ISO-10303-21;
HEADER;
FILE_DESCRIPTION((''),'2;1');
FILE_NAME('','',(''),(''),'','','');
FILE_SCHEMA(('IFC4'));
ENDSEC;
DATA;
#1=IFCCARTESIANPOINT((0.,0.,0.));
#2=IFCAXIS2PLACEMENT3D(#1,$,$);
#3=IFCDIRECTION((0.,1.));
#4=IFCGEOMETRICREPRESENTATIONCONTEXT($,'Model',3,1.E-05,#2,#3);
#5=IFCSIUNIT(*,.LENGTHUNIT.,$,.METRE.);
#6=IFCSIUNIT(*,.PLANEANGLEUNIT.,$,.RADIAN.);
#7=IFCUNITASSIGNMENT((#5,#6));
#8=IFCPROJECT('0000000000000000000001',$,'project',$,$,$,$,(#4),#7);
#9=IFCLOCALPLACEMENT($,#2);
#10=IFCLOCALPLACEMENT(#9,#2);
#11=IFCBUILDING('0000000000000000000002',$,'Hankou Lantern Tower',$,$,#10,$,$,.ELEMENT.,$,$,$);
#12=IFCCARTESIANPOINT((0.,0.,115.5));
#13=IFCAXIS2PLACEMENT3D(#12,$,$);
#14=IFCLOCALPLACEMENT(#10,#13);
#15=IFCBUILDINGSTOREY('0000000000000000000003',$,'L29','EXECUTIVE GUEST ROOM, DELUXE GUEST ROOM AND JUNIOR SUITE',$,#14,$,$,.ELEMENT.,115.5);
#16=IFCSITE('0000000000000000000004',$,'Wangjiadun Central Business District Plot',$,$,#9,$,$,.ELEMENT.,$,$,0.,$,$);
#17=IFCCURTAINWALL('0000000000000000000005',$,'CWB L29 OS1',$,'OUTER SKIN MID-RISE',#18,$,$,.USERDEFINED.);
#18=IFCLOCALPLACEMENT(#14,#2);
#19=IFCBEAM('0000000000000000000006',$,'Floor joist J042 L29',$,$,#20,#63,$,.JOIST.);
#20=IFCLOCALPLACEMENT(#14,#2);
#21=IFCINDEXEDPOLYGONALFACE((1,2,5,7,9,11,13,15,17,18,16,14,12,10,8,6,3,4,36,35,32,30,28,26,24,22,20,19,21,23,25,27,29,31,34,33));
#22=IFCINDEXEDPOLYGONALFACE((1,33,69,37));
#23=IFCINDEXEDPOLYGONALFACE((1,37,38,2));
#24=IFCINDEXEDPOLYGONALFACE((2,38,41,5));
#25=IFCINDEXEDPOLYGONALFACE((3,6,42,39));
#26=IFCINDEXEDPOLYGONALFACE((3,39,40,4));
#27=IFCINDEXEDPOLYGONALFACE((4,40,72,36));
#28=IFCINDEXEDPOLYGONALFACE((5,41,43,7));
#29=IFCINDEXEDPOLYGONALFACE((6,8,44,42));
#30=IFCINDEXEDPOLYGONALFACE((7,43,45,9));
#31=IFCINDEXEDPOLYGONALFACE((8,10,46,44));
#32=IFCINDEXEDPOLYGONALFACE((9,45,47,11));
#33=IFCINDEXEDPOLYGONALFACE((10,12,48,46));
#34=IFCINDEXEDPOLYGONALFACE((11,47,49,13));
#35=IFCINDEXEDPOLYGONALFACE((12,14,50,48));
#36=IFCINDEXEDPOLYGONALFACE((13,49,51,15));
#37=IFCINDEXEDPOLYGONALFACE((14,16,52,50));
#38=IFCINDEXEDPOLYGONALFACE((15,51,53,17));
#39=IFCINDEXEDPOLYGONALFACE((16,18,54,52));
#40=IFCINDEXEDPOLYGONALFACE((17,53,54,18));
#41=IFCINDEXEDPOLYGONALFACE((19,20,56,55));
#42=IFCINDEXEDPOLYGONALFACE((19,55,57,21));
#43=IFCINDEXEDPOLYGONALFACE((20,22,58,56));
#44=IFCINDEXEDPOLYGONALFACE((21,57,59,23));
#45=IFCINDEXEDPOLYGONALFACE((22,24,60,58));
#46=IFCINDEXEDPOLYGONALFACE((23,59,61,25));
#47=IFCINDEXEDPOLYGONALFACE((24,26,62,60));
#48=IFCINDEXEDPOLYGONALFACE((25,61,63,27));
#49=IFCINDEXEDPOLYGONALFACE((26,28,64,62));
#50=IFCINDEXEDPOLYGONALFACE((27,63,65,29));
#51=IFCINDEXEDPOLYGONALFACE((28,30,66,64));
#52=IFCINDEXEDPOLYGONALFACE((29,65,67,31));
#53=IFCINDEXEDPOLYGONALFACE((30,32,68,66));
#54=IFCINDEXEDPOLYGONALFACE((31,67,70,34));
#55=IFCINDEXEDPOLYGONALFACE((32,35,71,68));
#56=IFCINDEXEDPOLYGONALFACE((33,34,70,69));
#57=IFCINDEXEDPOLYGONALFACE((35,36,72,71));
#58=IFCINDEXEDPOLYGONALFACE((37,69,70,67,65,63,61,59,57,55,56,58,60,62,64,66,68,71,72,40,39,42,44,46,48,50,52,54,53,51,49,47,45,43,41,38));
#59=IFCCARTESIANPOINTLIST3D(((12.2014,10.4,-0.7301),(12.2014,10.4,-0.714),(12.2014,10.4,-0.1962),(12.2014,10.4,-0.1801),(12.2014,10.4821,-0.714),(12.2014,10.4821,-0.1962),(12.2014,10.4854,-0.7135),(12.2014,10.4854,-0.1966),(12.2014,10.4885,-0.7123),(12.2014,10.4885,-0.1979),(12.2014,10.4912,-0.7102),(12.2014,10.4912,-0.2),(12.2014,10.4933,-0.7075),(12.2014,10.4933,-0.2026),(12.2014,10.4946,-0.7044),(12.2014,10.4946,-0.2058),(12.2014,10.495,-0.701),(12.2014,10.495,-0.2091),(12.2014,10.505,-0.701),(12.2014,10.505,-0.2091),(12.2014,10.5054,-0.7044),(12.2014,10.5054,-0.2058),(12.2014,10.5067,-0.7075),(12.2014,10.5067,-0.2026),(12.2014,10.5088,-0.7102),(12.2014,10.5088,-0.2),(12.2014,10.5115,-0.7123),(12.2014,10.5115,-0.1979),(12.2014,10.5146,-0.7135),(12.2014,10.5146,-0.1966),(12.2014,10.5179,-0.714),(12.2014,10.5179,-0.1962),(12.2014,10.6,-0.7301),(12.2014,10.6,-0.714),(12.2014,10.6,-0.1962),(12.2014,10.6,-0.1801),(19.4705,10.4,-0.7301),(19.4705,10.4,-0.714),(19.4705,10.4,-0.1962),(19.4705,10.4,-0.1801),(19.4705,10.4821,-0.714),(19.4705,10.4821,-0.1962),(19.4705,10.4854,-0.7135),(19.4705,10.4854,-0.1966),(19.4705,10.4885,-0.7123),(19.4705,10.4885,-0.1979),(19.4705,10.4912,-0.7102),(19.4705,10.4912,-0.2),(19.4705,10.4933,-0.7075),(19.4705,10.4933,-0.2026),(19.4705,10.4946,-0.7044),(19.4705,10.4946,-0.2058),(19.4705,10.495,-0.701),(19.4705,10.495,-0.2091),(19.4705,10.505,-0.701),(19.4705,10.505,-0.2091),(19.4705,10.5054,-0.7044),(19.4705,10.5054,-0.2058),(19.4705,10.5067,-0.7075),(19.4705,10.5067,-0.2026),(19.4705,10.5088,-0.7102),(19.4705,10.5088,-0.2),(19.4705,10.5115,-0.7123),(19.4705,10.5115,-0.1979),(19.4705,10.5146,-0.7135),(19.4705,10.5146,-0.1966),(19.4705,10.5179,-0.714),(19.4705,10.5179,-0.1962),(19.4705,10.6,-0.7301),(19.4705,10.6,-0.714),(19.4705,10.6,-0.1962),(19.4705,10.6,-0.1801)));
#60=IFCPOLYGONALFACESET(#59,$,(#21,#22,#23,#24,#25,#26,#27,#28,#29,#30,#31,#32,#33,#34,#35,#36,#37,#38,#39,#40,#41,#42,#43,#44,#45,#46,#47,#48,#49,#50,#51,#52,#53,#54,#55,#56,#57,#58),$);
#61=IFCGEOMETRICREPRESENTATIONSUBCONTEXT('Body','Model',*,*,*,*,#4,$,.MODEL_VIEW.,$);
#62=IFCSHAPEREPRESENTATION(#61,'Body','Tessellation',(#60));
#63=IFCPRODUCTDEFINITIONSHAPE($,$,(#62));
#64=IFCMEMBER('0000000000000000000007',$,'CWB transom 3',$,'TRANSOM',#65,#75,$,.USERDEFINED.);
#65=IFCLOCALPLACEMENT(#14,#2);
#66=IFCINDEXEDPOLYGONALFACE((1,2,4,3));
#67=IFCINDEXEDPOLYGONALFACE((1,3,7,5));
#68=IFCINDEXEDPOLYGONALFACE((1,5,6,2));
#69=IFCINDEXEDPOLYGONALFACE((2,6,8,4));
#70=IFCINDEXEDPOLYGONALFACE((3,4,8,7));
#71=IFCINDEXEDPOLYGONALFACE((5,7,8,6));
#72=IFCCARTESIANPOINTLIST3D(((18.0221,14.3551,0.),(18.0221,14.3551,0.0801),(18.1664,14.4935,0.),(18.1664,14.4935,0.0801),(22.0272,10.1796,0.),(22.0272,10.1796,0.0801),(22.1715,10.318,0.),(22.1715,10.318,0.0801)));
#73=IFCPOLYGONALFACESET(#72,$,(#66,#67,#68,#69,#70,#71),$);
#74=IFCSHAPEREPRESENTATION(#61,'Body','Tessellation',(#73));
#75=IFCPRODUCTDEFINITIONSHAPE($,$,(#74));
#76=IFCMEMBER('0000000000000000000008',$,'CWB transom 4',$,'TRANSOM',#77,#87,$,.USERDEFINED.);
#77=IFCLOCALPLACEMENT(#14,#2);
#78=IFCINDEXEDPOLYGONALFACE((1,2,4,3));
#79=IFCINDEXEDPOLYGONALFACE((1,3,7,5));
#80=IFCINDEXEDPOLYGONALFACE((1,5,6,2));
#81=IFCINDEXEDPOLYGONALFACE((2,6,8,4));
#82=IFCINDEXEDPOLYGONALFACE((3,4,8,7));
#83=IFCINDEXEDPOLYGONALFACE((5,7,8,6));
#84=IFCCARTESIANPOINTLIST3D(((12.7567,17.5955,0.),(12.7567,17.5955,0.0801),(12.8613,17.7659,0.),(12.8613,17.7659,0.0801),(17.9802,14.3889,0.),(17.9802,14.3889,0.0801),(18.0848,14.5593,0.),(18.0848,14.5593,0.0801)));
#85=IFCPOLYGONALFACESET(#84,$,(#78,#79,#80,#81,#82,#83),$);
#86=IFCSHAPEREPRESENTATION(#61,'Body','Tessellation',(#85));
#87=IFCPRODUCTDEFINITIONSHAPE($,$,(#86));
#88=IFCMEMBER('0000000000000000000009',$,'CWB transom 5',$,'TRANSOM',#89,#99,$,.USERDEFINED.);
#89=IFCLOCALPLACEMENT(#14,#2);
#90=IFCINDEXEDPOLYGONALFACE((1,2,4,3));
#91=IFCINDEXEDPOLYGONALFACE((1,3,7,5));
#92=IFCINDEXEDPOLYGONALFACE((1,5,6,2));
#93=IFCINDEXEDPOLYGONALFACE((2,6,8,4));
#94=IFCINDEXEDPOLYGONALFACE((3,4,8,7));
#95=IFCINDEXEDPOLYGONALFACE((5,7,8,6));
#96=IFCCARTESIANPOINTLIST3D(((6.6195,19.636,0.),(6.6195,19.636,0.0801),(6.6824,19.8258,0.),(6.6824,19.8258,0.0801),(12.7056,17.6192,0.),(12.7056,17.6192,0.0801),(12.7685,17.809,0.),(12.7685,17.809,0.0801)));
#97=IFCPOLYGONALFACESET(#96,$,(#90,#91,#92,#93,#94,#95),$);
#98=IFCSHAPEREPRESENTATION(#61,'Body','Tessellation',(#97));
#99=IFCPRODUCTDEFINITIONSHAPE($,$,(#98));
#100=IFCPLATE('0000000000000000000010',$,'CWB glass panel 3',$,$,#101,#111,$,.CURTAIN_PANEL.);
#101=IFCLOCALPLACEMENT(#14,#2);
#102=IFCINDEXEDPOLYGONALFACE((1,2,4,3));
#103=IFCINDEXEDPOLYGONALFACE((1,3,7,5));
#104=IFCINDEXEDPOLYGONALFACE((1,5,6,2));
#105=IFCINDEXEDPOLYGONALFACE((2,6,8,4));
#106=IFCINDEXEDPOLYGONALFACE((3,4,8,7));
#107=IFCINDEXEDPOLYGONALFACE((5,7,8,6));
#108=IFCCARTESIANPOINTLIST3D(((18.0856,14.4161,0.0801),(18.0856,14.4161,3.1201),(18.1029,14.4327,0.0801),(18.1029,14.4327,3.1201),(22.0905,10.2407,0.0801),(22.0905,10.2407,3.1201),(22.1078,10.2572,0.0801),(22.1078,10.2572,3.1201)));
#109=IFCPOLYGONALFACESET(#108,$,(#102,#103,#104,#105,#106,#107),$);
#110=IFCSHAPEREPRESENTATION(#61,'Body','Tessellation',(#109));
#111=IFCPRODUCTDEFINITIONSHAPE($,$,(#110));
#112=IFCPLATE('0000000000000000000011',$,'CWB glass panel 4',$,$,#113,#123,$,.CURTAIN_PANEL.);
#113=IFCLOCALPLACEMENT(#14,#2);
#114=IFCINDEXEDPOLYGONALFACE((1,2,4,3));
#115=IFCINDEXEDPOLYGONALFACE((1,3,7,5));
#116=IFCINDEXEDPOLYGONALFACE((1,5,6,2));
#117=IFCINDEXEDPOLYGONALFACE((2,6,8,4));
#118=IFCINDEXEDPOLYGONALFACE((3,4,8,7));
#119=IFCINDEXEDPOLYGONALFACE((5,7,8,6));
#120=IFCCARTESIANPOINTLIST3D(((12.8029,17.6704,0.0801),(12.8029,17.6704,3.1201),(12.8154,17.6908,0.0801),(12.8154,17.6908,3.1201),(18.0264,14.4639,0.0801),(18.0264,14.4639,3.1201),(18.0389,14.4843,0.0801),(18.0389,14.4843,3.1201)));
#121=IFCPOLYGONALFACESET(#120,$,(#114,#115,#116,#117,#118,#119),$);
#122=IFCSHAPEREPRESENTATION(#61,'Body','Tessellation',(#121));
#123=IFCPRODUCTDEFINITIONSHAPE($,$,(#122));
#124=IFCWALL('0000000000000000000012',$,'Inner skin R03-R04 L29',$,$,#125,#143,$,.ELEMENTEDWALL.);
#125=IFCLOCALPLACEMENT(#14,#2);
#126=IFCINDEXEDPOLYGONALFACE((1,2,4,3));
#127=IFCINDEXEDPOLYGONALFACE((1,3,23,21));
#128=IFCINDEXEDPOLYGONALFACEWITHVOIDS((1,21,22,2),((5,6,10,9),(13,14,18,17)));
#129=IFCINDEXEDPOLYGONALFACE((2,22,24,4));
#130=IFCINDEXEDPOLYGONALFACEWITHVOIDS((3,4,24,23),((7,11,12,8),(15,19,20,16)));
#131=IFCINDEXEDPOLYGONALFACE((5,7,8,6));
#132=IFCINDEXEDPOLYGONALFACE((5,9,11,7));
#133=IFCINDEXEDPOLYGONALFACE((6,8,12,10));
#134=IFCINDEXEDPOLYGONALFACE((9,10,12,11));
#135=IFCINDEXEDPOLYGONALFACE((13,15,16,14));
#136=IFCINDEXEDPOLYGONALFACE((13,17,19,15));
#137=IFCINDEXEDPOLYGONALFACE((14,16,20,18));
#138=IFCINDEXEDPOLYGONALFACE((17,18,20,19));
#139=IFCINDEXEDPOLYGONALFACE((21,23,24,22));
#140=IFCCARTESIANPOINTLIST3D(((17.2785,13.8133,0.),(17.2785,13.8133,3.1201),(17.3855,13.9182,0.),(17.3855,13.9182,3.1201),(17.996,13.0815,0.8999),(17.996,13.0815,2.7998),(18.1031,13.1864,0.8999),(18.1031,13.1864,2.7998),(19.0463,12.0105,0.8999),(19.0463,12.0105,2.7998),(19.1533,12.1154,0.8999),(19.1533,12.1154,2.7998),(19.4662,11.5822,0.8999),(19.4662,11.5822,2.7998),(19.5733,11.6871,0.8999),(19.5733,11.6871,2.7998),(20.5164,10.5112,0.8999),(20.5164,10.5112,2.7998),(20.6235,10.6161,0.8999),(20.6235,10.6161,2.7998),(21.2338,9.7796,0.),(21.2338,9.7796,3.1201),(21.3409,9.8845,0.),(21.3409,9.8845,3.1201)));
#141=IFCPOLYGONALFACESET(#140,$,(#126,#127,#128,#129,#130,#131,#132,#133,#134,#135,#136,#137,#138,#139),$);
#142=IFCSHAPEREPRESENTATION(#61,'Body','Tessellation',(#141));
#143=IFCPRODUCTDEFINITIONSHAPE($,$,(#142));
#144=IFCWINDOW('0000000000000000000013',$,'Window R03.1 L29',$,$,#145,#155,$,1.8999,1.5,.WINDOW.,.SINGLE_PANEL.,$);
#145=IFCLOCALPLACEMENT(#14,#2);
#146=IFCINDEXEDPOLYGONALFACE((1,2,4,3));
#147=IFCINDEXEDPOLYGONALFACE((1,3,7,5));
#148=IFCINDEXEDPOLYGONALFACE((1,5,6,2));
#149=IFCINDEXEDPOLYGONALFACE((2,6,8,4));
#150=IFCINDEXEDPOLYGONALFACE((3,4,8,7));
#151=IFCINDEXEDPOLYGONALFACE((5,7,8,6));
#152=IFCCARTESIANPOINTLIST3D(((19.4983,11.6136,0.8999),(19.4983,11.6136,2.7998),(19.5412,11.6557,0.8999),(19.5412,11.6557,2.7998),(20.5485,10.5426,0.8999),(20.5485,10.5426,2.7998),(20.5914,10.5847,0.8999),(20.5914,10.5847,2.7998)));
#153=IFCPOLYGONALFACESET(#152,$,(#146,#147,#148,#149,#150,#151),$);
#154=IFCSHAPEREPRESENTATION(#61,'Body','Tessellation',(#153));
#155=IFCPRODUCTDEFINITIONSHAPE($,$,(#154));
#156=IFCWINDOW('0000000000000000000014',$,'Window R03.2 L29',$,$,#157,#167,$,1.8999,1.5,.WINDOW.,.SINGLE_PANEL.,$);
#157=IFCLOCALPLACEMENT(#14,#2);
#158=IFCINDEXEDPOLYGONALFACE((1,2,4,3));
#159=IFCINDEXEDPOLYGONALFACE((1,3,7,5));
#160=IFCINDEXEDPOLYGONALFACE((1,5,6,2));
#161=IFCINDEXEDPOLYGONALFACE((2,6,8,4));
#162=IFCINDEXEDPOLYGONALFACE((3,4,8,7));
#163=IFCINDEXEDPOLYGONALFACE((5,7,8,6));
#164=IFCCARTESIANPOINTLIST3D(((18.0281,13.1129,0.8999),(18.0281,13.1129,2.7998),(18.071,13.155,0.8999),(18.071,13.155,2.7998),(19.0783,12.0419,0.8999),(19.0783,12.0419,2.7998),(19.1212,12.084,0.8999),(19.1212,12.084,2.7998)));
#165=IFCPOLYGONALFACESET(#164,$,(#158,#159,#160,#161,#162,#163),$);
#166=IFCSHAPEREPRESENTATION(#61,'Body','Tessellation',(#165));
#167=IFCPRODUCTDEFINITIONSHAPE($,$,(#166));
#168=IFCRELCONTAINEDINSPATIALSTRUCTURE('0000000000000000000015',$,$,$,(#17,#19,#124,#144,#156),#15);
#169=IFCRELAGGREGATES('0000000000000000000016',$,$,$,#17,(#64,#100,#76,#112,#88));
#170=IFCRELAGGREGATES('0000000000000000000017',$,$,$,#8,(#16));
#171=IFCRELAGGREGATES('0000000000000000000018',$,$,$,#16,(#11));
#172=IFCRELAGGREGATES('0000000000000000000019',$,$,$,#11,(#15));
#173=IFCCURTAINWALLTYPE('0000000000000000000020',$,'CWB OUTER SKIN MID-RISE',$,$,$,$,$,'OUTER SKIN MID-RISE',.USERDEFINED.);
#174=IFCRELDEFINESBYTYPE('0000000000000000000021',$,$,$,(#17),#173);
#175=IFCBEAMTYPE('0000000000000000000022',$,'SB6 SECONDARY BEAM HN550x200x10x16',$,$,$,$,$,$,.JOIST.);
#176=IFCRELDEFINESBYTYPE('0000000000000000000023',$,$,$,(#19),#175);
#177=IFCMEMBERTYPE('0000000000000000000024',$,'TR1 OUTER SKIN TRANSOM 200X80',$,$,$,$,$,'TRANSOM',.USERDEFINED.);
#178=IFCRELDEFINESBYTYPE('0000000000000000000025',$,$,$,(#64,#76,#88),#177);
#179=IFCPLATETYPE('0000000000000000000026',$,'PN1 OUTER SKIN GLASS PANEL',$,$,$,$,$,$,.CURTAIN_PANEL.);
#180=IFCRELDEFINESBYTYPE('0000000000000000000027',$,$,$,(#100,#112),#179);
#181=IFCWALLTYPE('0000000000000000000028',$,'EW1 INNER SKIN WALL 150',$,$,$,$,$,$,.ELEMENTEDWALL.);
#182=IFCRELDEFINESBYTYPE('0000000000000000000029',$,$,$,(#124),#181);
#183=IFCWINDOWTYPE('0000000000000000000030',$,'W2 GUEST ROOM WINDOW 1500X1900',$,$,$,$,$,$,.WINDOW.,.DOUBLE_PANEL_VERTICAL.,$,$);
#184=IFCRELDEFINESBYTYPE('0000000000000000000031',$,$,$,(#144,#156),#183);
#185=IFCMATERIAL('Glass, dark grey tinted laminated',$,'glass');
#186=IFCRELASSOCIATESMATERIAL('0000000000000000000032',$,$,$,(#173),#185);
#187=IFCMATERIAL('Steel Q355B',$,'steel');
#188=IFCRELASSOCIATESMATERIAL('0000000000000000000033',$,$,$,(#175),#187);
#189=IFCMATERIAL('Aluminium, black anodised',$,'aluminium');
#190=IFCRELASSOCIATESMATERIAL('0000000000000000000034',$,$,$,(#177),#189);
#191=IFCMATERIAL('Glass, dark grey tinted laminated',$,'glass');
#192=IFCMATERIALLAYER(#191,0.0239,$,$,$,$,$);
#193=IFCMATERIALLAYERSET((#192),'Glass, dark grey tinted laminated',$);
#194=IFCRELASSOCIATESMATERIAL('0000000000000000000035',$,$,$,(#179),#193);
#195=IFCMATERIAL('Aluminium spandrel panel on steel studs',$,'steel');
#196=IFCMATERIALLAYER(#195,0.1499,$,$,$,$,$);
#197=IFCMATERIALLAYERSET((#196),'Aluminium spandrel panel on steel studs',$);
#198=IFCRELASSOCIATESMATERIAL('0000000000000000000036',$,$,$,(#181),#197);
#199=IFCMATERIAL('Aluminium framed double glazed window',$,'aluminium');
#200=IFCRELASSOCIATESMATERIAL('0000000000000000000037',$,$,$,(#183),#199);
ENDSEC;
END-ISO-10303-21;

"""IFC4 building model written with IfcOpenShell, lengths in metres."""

from ifc_helpers import new_model, si_unit, direction, frame, frame_2d, origin, origin_2d, place, context, subcontext, project, spatial, rectangle, i_section, extrude, material, layer, layer_set, material_profile, profile_set, type_object, element, fill, aggregate, save


model = new_model("IFC4")

# Units and contexts
model_context = context("Model", 3, precision=1e-05, world=origin(), true_north=direction((0.0, 1.0)))
body_context = subcontext(model_context, "Body", "Model", "MODEL_VIEW")
ifc_project = project(units=[si_unit("LENGTHUNIT", "METRE"), si_unit("PLANEANGLEUNIT", "RADIAN")], contexts=[model_context])

# Site, building, storey
site_placement = place(None, origin())
site = spatial("IfcSite", under=ifc_project, at=site_placement, Name="Wangjiadun Central Business District Plot", CompositionType="ELEMENT", RefElevation=0.0)
building_placement = place(site_placement, origin())
building = spatial("IfcBuilding", under=site, at=building_placement, Name="Hankou Lantern Tower", CompositionType="ELEMENT")
storey_placement = place(building_placement, frame((0.0, 0.0, 115.5)))
storey = spatial("IfcBuildingStorey", under=building, at=storey_placement, Name="L29", Description="EXECUTIVE GUEST ROOM, DELUXE GUEST ROOM AND JUNIOR SUITE", CompositionType="ELEMENT", Elevation=115.5)

# Curtain wall
ifc_material_1 = material(Name="Glass, dark grey tinted laminated", Category="glass")
curtain_wall_type = type_object("IfcCurtainWallType", Name="CWB OUTER SKIN MID-RISE", ElementType="OUTER SKIN MID-RISE", PredefinedType="USERDEFINED", material=ifc_material_1)
curtain_wall_placement = place(storey_placement, origin())
curtain_wall = element("IfcCurtainWall", 1, at=curtain_wall_placement, inside=storey, type_object=curtain_wall_type, Name="CWB L29 OS1", ObjectType="OUTER SKIN MID-RISE", PredefinedType="USERDEFINED")

# Beam
ifc_material_2 = material(Name="Steel Q355B", Category="steel")
ifc_material_profile_1 = material_profile(ifc_material_2, i_section(OverallWidth=0.2, OverallDepth=0.55, WebThickness=0.01, FlangeThickness=0.0161, FilletRadius=0.0129, at=origin_2d()), Name="HN550x200x10x16")
ifc_profile_set_1 = profile_set([ifc_material_profile_1], Name="Steel Q355B")
beam_type_1 = type_object("IfcBeamType", Name="SB6 SECONDARY BEAM HN550x200x10x16", PredefinedType="JOIST", material=ifc_profile_set_1)
beam_1_placement = place(storey_placement, frame((12.2014, 10.5, -0.4551), z_axis=(1.0, 0.0, 0.0), x_axis=(0.0, 1.0, 0.0)))
element("IfcBeam", 2, at=beam_1_placement, inside=storey, type_object=beam_type_1, Name="Floor joist J042 L29", PredefinedType="JOIST", context=body_context, shape_type="SweptSolid", body=[
    extrude(i_section(OverallWidth=0.2, OverallDepth=0.55, WebThickness=0.01, FlangeThickness=0.0161, FilletRadius=0.0129, at=origin_2d()), origin(), (0.0, 0.0, 1.0), 7.269),
])

# Members
ifc_material_3 = material(Name="Aluminium, black anodised", Category="aluminium")
ifc_material_profile_2 = material_profile(ifc_material_3, rectangle(XDim=0.2, YDim=0.0801, at=origin_2d()), Name="TR1 200X80")
ifc_profile_set_2 = profile_set([ifc_material_profile_2], Name="Aluminium, black anodised")
member_type_1 = type_object("IfcMemberType", Name="TR1 OUTER SKIN TRANSOM 200X80", ElementType="TRANSOM", PredefinedType="USERDEFINED", material=ifc_profile_set_2)
member_1_placement = place(storey_placement, frame((22.0994, 10.2488, 0.04), z_axis=(-0.692227, 0.72168, 0.0), x_axis=(-0.72168, -0.692227, 0.0)))
member_1 = element("IfcMember", 3, at=member_1_placement, type_object=member_type_1, Name="CWB transom 3", ObjectType="TRANSOM", PredefinedType="USERDEFINED", context=body_context, shape_type="SweptSolid", body=[
    extrude(rectangle(XDim=0.2, YDim=0.0801, at=origin_2d()), origin(), (0.0, 0.0, 1.0), 5.7859),
])
member_2_placement = place(storey_placement, frame((18.0325, 14.4741, 0.04), z_axis=(-0.852229, 0.523168, 0.0), x_axis=(-0.523168, -0.852229, 0.0)))
member_2 = element("IfcMember", 4, at=member_2_placement, type_object=member_type_1, Name="CWB transom 4", ObjectType="TRANSOM", PredefinedType="USERDEFINED", context=body_context, shape_type="SweptSolid", body=[
    extrude(rectangle(XDim=0.2, YDim=0.0801, at=origin_2d()), origin(), (0.0, 0.0, 1.0), 6.1292),
])
member_3_placement = place(storey_placement, frame((12.7371, 17.7141, 0.04), z_axis=(-0.949238, 0.314559, 0.0), x_axis=(-0.314559, -0.949238, 0.0)))
member_3 = element("IfcMember", 5, at=member_3_placement, type_object=member_type_1, Name="CWB transom 5", ObjectType="TRANSOM", PredefinedType="USERDEFINED", context=body_context, shape_type="SweptSolid", body=[
    extrude(rectangle(XDim=0.2, YDim=0.0801, at=origin_2d()), origin(), (0.0, 0.0, 1.0), 6.4116),
])

# Plates
ifc_material_4 = material(Name="Glass, dark grey tinted laminated", Category="glass")
ifc_layer_1 = layer(ifc_material_4, 0.0239)
ifc_layer_set_1 = layer_set([ifc_layer_1], Name="Glass, dark grey tinted laminated")
plate_type = type_object("IfcPlateType", Name="PN1 OUTER SKIN GLASS PANEL", PredefinedType="CURTAIN_PANEL", material=ifc_layer_set_1)
plate_1_placement = place(storey_placement, frame((20.0967, 12.3367, 0.0801), z_axis=(0.0, 0.0, 1.0), x_axis=(-0.692216, 0.721691, 0.0)))
plate_1 = element("IfcPlate", 6, at=plate_1_placement, type_object=plate_type, Name="CWB glass panel 3", PredefinedType="CURTAIN_PANEL", context=body_context, shape_type="SweptSolid", body=[
    extrude(rectangle(XDim=5.7856, YDim=0.0239, at=origin_2d()), origin(), (0.0, 0.0, 1.0), 3.04),
])
plate_2_placement = place(storey_placement, frame((15.4209, 16.0774, 0.0801), z_axis=(0.0, 0.0, 1.0), x_axis=(-0.852237, 0.523156, 0.0)))
plate_2 = element("IfcPlate", 7, at=plate_2_placement, type_object=plate_type, Name="CWB glass panel 4", PredefinedType="CURTAIN_PANEL", context=body_context, shape_type="SweptSolid", body=[
    extrude(rectangle(XDim=6.1292, YDim=0.0239, at=origin_2d()), origin(), (0.0, 0.0, 1.0), 3.04),
])
aggregate(curtain_wall, [member_1, plate_1, member_2, plate_2, member_3])

# Wall, openings, windows
ifc_material_5 = material(Name="Aluminium spandrel panel on steel studs", Category="steel")
ifc_layer_2 = layer(ifc_material_5, 0.1499)
ifc_layer_set_2 = layer_set([ifc_layer_2], Name="Aluminium spandrel panel on steel studs")
wall_type_1 = type_object("IfcWallType", Name="EW1 INNER SKIN WALL 150", PredefinedType="ELEMENTEDWALL", material=ifc_layer_set_2)
wall_1_placement = place(storey_placement, frame((21.2874, 9.832, 0.0), z_axis=(0.0, 0.0, 1.0), x_axis=(-0.700137, 0.714009, 0.0)))
wall_1 = element("IfcWall", 8, at=wall_1_placement, inside=storey, type_object=wall_type_1, Name="Inner skin R03-R04 L29", PredefinedType="ELEMENTEDWALL", context=body_context, shape_type="SweptSolid", body=[
    extrude(rectangle(XDim=5.6494, YDim=0.1499, at=frame_2d((2.8247, 0.0))), origin(), (0.0, 0.0, 1.0), 3.1201),
])
opening_1_placement = place(wall_1_placement, frame((1.0247, 0.0, 0.8999)))
opening_1 = element("IfcOpeningElement", 9, at=opening_1_placement, cuts=wall_1, PredefinedType="OPENING", context=body_context, shape_type="SweptSolid", body=[
    extrude(rectangle(XDim=1.5, YDim=1.8999, at=frame_2d((0.75, 0.95))), frame((0.0, 0.085, 0.0), z_axis=(0.0, -1.0, 0.0), x_axis=(1.0, 0.0, 0.0)), (0.0, 0.0, 1.0), 0.1699),
])
opening_2_placement = place(wall_1_placement, frame((3.1245, 0.0, 0.8999)))
opening_2 = element("IfcOpeningElement", 10, at=opening_2_placement, cuts=wall_1, PredefinedType="OPENING", context=body_context, shape_type="SweptSolid", body=[
    extrude(rectangle(XDim=1.5, YDim=1.8999, at=frame_2d((0.75, 0.95))), frame((0.0, 0.085, 0.0), z_axis=(0.0, -1.0, 0.0), x_axis=(1.0, 0.0, 0.0)), (0.0, 0.0, 1.0), 0.1699),
])
ifc_material_6 = material(Name="Aluminium framed double glazed window", Category="aluminium")
window_type = type_object("IfcWindowType", Name="W2 GUEST ROOM WINDOW 1500X1900", PartitioningType="DOUBLE_PANEL_VERTICAL", PredefinedType="WINDOW", material=ifc_material_6)
window_1_placement = place(opening_1_placement, origin())
window_1 = element("IfcWindow", 11, at=window_1_placement, inside=storey, type_object=window_type, Name="Window R03.1 L29", OverallHeight=1.8999, OverallWidth=1.5, PartitioningType="SINGLE_PANEL", PredefinedType="WINDOW", context=body_context, shape_type="SweptSolid", body=[
    extrude(rectangle(XDim=1.5, YDim=1.8999, at=frame_2d((0.75, 0.95))), frame((0.0, 0.03, 0.0), z_axis=(0.0, -1.0, 0.0), x_axis=(1.0, 0.0, 0.0)), (0.0, 0.0, 1.0), 0.0601),
])
fill(opening_1, window_1)
window_2_placement = place(opening_2_placement, origin())
window_2 = element("IfcWindow", 12, at=window_2_placement, inside=storey, type_object=window_type, Name="Window R03.2 L29", OverallHeight=1.8999, OverallWidth=1.5, PartitioningType="SINGLE_PANEL", PredefinedType="WINDOW", context=body_context, shape_type="SweptSolid", body=[
    extrude(rectangle(XDim=1.5, YDim=1.8999, at=frame_2d((0.75, 0.95))), frame((0.0, 0.03, 0.0), z_axis=(0.0, -1.0, 0.0), x_axis=(1.0, 0.0, 0.0)), (0.0, 0.0, 1.0), 0.0601),
])
fill(opening_2, window_2)

save(model, "model.ifc")
